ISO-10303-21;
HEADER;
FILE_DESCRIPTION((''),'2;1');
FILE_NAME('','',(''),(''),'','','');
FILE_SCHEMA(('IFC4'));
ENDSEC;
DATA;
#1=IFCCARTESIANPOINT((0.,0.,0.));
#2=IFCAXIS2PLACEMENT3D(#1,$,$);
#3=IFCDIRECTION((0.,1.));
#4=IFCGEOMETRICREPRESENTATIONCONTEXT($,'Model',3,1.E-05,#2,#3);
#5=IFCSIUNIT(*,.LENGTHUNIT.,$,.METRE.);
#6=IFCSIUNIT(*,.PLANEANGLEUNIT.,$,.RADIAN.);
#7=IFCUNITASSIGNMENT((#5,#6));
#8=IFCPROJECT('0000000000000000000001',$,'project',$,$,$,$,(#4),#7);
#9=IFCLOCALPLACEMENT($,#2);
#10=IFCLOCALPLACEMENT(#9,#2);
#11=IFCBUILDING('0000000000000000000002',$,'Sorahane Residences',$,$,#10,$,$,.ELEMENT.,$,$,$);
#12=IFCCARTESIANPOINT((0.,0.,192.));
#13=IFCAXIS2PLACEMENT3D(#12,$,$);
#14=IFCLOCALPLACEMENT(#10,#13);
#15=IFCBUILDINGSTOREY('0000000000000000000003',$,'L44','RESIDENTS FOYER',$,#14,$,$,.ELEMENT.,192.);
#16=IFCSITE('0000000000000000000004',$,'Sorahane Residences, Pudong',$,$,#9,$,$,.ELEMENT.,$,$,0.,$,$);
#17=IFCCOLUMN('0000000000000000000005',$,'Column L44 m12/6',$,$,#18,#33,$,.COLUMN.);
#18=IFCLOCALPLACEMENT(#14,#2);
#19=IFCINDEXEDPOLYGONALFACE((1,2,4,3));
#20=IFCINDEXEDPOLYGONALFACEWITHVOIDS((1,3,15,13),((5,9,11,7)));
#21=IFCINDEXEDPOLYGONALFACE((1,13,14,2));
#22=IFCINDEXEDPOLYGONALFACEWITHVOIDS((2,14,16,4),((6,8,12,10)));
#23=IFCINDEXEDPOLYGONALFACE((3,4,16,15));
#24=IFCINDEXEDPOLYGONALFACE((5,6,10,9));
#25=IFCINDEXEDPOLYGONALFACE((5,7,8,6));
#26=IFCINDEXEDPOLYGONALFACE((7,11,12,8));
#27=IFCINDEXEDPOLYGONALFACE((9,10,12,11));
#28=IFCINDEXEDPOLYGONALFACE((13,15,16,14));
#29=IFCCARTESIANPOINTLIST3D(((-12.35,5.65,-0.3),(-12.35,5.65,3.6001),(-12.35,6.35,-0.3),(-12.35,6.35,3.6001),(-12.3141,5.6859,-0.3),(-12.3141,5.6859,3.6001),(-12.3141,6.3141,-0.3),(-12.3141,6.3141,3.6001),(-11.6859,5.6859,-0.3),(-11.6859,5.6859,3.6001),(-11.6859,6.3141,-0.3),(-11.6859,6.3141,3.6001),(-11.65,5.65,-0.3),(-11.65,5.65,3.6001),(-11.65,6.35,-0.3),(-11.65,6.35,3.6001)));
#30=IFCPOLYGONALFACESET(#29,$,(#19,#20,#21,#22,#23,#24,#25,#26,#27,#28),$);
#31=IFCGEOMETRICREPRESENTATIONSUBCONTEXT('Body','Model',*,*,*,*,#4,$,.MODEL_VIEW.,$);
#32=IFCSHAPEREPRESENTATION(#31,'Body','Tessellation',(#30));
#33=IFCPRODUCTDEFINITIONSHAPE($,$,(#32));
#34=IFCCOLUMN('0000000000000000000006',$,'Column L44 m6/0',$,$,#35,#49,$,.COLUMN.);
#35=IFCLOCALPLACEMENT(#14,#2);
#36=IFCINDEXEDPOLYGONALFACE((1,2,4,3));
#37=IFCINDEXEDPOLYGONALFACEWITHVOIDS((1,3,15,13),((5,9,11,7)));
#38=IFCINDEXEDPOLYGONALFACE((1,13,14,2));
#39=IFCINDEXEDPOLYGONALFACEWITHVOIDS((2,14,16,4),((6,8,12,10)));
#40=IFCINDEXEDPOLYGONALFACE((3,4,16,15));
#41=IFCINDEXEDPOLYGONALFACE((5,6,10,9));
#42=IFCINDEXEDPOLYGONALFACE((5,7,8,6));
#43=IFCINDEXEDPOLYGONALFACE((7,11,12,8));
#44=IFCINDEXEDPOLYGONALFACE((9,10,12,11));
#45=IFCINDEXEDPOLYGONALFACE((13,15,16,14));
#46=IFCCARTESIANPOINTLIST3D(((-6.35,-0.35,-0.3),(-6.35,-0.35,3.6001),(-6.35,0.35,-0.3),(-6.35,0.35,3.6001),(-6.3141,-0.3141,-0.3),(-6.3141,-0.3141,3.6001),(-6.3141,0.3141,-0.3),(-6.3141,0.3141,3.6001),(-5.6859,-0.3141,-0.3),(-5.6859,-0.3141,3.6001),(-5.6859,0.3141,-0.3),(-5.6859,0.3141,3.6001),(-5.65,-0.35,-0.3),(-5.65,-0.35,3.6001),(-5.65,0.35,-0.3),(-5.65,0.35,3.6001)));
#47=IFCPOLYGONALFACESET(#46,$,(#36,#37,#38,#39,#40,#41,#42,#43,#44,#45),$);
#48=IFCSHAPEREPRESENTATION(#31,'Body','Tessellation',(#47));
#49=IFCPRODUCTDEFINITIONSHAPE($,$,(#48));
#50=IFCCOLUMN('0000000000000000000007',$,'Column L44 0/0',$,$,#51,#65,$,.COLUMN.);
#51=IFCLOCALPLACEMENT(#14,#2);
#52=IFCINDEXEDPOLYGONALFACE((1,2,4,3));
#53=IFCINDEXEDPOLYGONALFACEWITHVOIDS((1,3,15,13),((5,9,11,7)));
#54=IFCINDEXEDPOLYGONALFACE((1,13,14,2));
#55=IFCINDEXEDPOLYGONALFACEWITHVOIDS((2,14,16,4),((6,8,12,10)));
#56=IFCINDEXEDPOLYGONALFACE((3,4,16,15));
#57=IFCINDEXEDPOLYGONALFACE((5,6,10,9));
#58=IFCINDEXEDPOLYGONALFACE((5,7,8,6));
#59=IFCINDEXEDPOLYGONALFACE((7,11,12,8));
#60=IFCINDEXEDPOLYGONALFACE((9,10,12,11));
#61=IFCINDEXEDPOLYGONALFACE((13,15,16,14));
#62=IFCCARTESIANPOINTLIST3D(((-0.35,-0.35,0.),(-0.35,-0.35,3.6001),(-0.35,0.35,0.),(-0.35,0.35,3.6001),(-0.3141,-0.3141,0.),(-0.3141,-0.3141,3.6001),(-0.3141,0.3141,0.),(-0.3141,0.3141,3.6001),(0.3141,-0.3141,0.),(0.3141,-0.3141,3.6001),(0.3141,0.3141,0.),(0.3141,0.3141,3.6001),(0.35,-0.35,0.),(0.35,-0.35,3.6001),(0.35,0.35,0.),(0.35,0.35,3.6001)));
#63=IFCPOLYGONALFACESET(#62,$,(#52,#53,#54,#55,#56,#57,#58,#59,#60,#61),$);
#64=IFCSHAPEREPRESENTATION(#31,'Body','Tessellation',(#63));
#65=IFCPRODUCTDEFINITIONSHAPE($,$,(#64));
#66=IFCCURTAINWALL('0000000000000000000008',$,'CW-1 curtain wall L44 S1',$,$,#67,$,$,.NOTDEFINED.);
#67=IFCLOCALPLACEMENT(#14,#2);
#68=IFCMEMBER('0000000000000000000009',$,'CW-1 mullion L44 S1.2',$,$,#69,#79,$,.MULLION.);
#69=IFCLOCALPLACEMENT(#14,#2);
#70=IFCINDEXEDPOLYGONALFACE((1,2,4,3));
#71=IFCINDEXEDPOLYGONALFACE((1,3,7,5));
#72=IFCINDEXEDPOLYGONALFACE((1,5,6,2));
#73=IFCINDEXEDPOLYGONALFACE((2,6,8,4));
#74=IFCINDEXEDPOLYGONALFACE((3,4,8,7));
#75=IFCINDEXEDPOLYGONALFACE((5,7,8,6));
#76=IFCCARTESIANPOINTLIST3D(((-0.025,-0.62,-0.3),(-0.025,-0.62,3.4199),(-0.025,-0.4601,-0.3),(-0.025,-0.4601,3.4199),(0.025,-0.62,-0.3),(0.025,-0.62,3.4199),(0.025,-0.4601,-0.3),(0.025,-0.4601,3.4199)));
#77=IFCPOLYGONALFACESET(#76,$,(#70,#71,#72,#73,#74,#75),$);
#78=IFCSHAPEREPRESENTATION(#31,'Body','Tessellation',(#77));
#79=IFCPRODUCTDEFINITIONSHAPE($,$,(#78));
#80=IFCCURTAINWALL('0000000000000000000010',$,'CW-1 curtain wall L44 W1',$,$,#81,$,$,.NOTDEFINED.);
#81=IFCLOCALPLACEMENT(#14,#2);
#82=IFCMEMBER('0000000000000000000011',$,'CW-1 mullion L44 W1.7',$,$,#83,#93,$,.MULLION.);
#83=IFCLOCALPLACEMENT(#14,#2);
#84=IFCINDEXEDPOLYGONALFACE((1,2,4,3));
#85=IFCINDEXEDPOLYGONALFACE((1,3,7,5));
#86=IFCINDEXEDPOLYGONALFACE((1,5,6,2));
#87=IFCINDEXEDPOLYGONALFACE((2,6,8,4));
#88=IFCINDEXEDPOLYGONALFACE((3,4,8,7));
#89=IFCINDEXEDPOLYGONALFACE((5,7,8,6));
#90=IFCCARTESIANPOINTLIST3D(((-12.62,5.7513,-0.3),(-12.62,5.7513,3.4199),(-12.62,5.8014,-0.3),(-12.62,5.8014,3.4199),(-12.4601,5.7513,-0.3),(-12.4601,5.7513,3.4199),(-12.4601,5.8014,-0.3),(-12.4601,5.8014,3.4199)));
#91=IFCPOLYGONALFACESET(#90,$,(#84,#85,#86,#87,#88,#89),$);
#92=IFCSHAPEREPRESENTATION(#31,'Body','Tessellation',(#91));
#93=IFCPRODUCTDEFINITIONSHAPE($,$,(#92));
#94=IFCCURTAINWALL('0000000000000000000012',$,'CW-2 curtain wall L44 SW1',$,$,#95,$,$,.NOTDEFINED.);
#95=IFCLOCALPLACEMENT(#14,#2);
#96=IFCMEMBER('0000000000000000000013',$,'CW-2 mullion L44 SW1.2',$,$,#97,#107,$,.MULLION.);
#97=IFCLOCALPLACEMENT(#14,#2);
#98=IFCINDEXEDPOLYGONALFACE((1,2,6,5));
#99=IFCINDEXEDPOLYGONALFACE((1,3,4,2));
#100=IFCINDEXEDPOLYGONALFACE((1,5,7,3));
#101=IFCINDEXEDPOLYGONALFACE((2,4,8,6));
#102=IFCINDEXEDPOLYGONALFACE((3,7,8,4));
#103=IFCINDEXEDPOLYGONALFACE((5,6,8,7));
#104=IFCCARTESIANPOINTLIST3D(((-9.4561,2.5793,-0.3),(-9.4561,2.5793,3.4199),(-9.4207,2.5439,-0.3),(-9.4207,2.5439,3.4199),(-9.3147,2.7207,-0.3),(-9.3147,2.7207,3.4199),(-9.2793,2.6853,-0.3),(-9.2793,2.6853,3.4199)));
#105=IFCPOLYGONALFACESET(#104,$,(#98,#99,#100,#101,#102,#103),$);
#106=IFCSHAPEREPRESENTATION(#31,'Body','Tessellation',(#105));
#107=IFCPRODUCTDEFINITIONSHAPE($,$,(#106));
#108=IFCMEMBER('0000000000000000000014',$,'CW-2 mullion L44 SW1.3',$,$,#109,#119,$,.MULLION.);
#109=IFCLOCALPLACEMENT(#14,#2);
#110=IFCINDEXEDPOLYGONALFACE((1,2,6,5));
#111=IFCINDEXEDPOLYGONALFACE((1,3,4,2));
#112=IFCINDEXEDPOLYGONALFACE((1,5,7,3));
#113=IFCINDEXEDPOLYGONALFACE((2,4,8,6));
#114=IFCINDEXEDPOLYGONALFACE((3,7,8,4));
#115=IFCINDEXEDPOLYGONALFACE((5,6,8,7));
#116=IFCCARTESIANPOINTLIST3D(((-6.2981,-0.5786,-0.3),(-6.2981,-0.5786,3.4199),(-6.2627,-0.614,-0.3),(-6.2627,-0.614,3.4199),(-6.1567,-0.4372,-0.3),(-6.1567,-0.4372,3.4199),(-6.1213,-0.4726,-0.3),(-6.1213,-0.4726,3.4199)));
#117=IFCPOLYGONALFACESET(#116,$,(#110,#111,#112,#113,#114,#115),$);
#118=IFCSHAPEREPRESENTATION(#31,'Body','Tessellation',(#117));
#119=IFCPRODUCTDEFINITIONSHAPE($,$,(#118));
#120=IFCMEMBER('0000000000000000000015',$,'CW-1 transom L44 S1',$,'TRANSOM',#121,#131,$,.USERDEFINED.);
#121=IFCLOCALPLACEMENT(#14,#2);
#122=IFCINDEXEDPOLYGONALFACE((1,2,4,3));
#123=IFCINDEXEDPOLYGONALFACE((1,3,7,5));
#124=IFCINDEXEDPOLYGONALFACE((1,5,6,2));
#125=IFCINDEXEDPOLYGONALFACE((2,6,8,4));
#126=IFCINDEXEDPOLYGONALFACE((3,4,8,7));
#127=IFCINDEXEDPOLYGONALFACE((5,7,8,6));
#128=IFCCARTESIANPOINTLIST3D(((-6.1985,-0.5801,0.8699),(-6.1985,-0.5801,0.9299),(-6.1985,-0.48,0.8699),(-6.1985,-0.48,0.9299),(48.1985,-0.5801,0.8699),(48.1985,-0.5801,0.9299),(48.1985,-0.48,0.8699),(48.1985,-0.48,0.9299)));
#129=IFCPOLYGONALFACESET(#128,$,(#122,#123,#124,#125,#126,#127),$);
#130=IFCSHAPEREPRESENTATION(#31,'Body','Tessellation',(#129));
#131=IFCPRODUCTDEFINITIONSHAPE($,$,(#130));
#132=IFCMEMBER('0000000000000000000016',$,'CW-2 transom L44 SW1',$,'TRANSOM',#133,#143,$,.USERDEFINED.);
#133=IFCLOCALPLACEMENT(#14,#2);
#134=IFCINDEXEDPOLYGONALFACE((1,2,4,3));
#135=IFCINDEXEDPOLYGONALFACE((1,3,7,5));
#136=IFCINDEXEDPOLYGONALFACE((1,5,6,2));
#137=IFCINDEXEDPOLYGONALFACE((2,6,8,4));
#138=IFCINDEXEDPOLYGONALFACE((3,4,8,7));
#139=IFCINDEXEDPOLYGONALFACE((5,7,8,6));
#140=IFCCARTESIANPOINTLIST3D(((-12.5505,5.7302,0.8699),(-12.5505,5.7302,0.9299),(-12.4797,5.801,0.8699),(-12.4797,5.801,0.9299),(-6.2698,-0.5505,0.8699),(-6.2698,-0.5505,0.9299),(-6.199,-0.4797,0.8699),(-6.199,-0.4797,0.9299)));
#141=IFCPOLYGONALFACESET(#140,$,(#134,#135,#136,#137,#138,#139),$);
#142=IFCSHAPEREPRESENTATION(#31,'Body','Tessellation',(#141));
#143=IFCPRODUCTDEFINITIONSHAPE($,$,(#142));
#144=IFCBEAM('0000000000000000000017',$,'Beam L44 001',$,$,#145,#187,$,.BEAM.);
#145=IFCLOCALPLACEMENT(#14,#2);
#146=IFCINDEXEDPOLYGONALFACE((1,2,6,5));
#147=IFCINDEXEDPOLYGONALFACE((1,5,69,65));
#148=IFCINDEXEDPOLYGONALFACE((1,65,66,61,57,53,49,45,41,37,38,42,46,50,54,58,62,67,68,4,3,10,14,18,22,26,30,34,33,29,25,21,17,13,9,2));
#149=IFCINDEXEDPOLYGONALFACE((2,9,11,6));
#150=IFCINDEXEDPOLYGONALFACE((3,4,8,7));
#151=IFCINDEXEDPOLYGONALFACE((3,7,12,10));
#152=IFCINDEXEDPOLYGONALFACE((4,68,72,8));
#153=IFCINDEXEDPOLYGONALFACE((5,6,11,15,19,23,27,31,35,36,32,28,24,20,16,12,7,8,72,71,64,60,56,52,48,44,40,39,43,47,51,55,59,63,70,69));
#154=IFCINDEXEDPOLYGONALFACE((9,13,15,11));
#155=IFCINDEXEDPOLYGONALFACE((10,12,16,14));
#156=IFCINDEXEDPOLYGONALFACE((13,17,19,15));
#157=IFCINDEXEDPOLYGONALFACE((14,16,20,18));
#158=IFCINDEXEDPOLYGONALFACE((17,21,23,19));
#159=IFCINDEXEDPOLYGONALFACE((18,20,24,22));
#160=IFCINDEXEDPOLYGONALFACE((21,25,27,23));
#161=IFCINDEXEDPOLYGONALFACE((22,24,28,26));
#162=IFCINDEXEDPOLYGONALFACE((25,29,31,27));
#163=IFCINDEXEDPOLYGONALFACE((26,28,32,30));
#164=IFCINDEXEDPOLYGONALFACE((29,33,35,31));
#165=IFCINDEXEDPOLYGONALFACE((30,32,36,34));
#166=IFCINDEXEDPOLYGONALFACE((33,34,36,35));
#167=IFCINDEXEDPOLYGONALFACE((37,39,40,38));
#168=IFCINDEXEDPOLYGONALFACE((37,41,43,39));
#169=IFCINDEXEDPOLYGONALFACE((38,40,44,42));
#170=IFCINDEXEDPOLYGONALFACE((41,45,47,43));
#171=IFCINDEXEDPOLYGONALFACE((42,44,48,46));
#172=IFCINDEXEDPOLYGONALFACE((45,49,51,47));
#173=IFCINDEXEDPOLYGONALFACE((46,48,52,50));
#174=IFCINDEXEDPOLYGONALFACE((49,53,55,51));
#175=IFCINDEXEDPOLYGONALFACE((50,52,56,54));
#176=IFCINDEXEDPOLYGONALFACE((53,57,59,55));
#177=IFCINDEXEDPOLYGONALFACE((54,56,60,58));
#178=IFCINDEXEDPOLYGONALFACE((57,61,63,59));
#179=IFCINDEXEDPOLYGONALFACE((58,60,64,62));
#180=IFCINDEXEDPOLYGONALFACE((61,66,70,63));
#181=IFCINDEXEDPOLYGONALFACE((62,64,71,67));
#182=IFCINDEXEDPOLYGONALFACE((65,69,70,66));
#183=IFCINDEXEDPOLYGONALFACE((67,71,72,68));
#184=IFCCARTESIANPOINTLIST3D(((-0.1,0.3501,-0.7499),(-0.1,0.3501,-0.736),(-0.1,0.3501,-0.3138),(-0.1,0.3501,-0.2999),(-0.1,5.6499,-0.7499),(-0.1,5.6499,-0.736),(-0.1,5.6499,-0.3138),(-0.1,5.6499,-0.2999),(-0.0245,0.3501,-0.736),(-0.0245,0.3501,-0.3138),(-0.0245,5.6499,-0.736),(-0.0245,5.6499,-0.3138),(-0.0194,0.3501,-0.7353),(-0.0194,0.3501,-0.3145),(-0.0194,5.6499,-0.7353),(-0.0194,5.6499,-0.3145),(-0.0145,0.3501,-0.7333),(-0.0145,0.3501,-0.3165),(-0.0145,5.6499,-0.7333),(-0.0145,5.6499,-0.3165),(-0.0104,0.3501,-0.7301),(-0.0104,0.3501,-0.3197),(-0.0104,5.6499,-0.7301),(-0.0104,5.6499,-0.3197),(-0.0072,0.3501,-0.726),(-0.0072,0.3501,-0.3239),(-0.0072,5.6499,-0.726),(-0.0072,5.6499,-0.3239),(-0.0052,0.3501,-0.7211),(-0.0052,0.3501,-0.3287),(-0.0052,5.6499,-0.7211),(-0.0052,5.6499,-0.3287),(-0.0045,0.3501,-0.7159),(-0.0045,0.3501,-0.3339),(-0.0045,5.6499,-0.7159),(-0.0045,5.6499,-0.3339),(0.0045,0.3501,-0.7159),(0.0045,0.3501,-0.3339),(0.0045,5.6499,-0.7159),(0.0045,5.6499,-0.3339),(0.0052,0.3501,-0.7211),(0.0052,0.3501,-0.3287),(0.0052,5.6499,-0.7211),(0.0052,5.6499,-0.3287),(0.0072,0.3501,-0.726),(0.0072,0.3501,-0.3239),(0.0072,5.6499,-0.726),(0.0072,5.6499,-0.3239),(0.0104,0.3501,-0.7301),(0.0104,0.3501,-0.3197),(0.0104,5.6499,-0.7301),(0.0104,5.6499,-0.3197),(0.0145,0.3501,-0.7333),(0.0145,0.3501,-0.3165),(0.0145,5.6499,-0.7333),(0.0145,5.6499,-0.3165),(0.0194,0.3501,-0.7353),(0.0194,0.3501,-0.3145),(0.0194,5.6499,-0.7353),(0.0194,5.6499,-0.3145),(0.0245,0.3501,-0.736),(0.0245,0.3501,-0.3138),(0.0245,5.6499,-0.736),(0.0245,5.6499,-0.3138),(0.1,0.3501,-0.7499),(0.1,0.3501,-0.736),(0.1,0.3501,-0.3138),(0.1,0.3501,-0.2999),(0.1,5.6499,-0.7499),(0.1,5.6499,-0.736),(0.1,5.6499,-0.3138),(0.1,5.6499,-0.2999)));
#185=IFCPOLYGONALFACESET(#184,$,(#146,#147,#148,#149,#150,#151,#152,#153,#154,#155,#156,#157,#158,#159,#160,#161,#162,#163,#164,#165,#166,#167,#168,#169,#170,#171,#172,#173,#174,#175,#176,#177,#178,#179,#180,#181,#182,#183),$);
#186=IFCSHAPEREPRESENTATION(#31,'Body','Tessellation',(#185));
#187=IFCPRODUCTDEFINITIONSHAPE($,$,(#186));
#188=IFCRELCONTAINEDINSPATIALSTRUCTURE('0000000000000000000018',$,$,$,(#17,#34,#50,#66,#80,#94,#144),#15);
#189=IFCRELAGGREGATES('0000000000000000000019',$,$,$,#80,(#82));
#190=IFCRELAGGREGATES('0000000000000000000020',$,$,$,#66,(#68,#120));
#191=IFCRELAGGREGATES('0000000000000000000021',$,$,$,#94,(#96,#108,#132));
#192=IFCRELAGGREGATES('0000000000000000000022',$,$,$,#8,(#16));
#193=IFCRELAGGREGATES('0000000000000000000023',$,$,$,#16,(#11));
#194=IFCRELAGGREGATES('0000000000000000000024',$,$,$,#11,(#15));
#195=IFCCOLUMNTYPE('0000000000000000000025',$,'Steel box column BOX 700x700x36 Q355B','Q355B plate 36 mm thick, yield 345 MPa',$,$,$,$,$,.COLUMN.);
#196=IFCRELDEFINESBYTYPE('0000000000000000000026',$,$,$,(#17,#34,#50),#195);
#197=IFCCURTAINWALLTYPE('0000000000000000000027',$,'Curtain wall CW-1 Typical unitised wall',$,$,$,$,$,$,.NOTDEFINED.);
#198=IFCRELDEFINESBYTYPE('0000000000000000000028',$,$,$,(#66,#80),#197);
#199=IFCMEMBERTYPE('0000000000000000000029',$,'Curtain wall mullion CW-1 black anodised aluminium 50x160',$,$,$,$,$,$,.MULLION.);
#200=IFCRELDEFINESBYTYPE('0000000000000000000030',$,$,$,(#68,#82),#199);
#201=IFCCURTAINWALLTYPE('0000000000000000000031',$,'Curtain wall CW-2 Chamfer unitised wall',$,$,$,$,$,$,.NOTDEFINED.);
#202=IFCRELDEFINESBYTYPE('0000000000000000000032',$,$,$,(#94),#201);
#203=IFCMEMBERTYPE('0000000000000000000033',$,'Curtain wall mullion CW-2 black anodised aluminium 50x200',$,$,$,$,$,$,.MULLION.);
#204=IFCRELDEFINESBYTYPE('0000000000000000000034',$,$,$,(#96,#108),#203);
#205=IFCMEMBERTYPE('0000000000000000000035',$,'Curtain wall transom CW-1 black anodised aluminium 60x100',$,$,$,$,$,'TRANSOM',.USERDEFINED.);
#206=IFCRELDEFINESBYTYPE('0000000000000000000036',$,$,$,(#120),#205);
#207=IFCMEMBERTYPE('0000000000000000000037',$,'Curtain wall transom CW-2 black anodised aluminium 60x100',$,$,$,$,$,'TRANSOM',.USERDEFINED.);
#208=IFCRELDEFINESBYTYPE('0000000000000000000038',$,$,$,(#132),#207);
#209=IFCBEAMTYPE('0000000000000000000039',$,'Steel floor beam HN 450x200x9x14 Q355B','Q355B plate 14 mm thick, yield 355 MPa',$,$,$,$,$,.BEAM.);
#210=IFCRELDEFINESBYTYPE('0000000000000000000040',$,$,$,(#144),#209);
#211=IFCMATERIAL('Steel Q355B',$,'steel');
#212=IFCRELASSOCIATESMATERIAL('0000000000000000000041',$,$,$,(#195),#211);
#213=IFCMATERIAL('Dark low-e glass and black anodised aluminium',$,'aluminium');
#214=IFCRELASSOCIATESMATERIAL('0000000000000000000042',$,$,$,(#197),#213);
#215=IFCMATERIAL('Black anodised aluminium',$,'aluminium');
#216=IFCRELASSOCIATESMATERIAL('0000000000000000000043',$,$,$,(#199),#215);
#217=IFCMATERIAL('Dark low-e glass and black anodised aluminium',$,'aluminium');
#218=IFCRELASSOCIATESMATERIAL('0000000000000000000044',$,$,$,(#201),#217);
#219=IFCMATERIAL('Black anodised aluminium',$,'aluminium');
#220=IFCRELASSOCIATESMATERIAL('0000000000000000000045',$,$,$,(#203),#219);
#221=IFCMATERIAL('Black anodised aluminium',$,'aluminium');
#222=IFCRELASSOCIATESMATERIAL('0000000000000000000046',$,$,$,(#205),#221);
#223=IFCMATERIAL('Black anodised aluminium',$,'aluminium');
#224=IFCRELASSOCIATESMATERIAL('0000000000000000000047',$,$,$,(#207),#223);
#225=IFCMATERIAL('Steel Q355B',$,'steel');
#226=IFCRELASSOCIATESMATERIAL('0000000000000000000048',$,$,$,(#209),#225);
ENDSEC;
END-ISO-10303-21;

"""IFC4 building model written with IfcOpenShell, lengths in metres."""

from ifc_helpers import new_model, si_unit, direction, frame, origin, origin_with_axes, origin_2d, place, context, subcontext, project, spatial, rectangle, hollow_rectangle, i_section, extrude, material, material_profile, profile_set, type_object, element, aggregate, save


model = new_model("IFC4")

# Units and contexts
model_context = context("Model", 3, precision=1e-05, world=origin(), true_north=direction((0.0, 1.0)))
body_context = subcontext(model_context, "Body", "Model", "MODEL_VIEW")
ifc_project = project(units=[si_unit("LENGTHUNIT", "METRE"), si_unit("PLANEANGLEUNIT", "RADIAN")], contexts=[model_context])

# Site, building, storey
site_placement = place(None, origin())
site = spatial("IfcSite", under=ifc_project, at=site_placement, Name="Sorahane Residences, Pudong", CompositionType="ELEMENT", RefElevation=0.0)
building_placement = place(site_placement, origin())
building = spatial("IfcBuilding", under=site, at=building_placement, Name="Sorahane Residences", CompositionType="ELEMENT")
storey_placement = place(building_placement, frame((0.0, 0.0, 192.0)))
storey = spatial("IfcBuildingStorey", under=building, at=storey_placement, Name="L44", Description="RESIDENTS FOYER", CompositionType="ELEMENT", Elevation=192.0)

# Columns
ifc_material_1 = material(Name="Steel Q355B", Category="steel")
ifc_material_profile_1 = material_profile(ifc_material_1, hollow_rectangle(XDim=0.7, YDim=0.7, WallThickness=0.0359, at=origin_2d()), Name="BOX 700x700x36")
ifc_profile_set_1 = profile_set([ifc_material_profile_1], Name="Steel Q355B")
column_type = type_object("IfcColumnType", Name="Steel box column BOX 700x700x36 Q355B", Description="Q355B plate 36 mm thick, yield 345 MPa", PredefinedType="COLUMN", material=ifc_profile_set_1)
for number, where, z_axis, x_axis, name in (
    (1, (-12.0, 6.0, -0.3), (0.0, 0.0, 1.0), (1.0, 0.0, 0.0), "Column L44 m12/6"),
    (2, (-6.0, 0.0, -0.3), (0.0, 0.0, 1.0), (1.0, 0.0, 0.0), "Column L44 m6/0"),
):
    element("IfcColumn", number, at=place(storey_placement, frame(where, z_axis=z_axis, x_axis=x_axis)), inside=storey, type_object=column_type, Name=name, PredefinedType="COLUMN", context=body_context, shape_type="SweptSolid", body=[
        extrude(hollow_rectangle(XDim=0.7, YDim=0.7, WallThickness=0.0359, at=origin_2d()), origin(), (0.0, 0.0, 1.0), 3.9001),
    ])
column_placement = place(storey_placement, origin_with_axes())
element("IfcColumn", 3, at=column_placement, inside=storey, type_object=column_type, Name="Column L44 0/0", PredefinedType="COLUMN", context=body_context, shape_type="SweptSolid", body=[
    extrude(hollow_rectangle(XDim=0.7, YDim=0.7, WallThickness=0.0359, at=origin_2d()), origin(), (0.0, 0.0, 1.0), 3.6001),
])

# Curtain walls, members
ifc_material_2 = material(Name="Dark low-e glass and black anodised aluminium", Category="aluminium")
curtain_wall_type_1 = type_object("IfcCurtainWallType", Name="Curtain wall CW-1 Typical unitised wall", PredefinedType="NOTDEFINED", material=ifc_material_2)
curtain_wall_1_placement = place(storey_placement, origin())
curtain_wall_1 = element("IfcCurtainWall", 4, at=curtain_wall_1_placement, inside=storey, type_object=curtain_wall_type_1, Name="CW-1 curtain wall L44 S1", PredefinedType="NOTDEFINED")
ifc_material_3 = material(Name="Black anodised aluminium", Category="aluminium")
ifc_material_profile_2 = material_profile(ifc_material_3, rectangle(XDim=0.1599, YDim=0.05, at=origin_2d()), Name="Curtain wall mullion CW-1 black anodised aluminium 50x160")
ifc_profile_set_2 = profile_set([ifc_material_profile_2], Name="Black anodised aluminium")
member_type_1 = type_object("IfcMemberType", Name="Curtain wall mullion CW-1 black anodised aluminium 50x160", PredefinedType="MULLION", material=ifc_profile_set_2)
member_1_placement = place(storey_placement, frame((0.0, -0.54, -0.3), z_axis=(0.0, 0.0, 1.0), x_axis=(0.0, -1.0, 0.0)))
member_1 = element("IfcMember", 5, at=member_1_placement, type_object=member_type_1, Name="CW-1 mullion L44 S1.2", PredefinedType="MULLION", context=body_context, shape_type="SweptSolid", body=[
    extrude(rectangle(XDim=0.1599, YDim=0.05, at=origin_2d()), origin(), (0.0, 0.0, 1.0), 3.72),
])
curtain_wall_2_placement = place(storey_placement, origin())
curtain_wall_2 = element("IfcCurtainWall", 6, at=curtain_wall_2_placement, inside=storey, type_object=curtain_wall_type_1, Name="CW-1 curtain wall L44 W1", PredefinedType="NOTDEFINED")
member_2_placement = place(storey_placement, frame((-12.54, 5.7764, -0.3), z_axis=(0.0, 0.0, 1.0), x_axis=(-1.0, 0.0, 0.0)))
member_2 = element("IfcMember", 7, at=member_2_placement, type_object=member_type_1, Name="CW-1 mullion L44 W1.7", PredefinedType="MULLION", context=body_context, shape_type="SweptSolid", body=[
    extrude(rectangle(XDim=0.1599, YDim=0.05, at=origin_2d()), origin(), (0.0, 0.0, 1.0), 3.72),
])
aggregate(curtain_wall_2, [member_2])

# Curtain wall, members
ifc_material_4 = material(Name="Dark low-e glass and black anodised aluminium", Category="aluminium")
curtain_wall_type_2 = type_object("IfcCurtainWallType", Name="Curtain wall CW-2 Chamfer unitised wall", PredefinedType="NOTDEFINED", material=ifc_material_4)
curtain_wall_3_placement = place(storey_placement, origin())
curtain_wall_3 = element("IfcCurtainWall", 8, at=curtain_wall_3_placement, inside=storey, type_object=curtain_wall_type_2, Name="CW-2 curtain wall L44 SW1", PredefinedType="NOTDEFINED")
ifc_material_5 = material(Name="Black anodised aluminium", Category="aluminium")
ifc_material_profile_3 = material_profile(ifc_material_5, rectangle(XDim=0.2, YDim=0.05, at=origin_2d()), Name="Curtain wall mullion CW-2 black anodised aluminium 50x200")
ifc_profile_set_3 = profile_set([ifc_material_profile_3], Name="Black anodised aluminium")
member_type_2 = type_object("IfcMemberType", Name="Curtain wall mullion CW-2 black anodised aluminium 50x200", PredefinedType="MULLION", material=ifc_profile_set_3)
member_3_placement = place(storey_placement, frame((-9.3677, 2.6323, -0.3), z_axis=(0.0, 0.0, 1.0), x_axis=(-0.707107, -0.707107, 0.0)))
member_3 = element("IfcMember", 9, at=member_3_placement, type_object=member_type_2, Name="CW-2 mullion L44 SW1.2", PredefinedType="MULLION", context=body_context, shape_type="SweptSolid", body=[
    extrude(rectangle(XDim=0.2, YDim=0.05, at=origin_2d()), origin(), (0.0, 0.0, 1.0), 3.72),
])
member_4_placement = place(storey_placement, frame((-6.2097, -0.5256, -0.3), z_axis=(0.0, 0.0, 1.0), x_axis=(-0.707107, -0.707107, 0.0)))
member_4 = element("IfcMember", 10, at=member_4_placement, type_object=member_type_2, Name="CW-2 mullion L44 SW1.3", PredefinedType="MULLION", context=body_context, shape_type="SweptSolid", body=[
    extrude(rectangle(XDim=0.2, YDim=0.05, at=origin_2d()), origin(), (0.0, 0.0, 1.0), 3.72),
])

# Members
ifc_material_6 = material(Name="Black anodised aluminium", Category="aluminium")
ifc_material_profile_4 = material_profile(ifc_material_6, rectangle(XDim=0.1001, YDim=0.0601, at=origin_2d()), Name="Curtain wall transom CW-1 black anodised aluminium 60x100")
ifc_profile_set_4 = profile_set([ifc_material_profile_4], Name="Black anodised aluminium")
member_type_3 = type_object("IfcMemberType", Name="Curtain wall transom CW-1 black anodised aluminium 60x100", ElementType="TRANSOM", PredefinedType="USERDEFINED", material=ifc_profile_set_4)
member_5_placement = place(storey_placement, frame((-6.1985, -0.53, 0.8999), z_axis=(1.0, 0.0, 0.0), x_axis=(0.0, 1.0, 0.0)))
member_5 = element("IfcMember", 11, at=member_5_placement, type_object=member_type_3, Name="CW-1 transom L44 S1", ObjectType="TRANSOM", PredefinedType="USERDEFINED", context=body_context, shape_type="SweptSolid", body=[
    extrude(rectangle(XDim=0.1001, YDim=0.0601, at=origin_2d()), origin(), (0.0, 0.0, 1.0), 54.397),
])
ifc_material_7 = material(Name="Black anodised aluminium", Category="aluminium")
ifc_material_profile_5 = material_profile(ifc_material_7, rectangle(XDim=0.1001, YDim=0.0601, at=origin_2d()), Name="Curtain wall transom CW-2 black anodised aluminium 60x100")
ifc_profile_set_5 = profile_set([ifc_material_profile_5], Name="Black anodised aluminium")
member_type_4 = type_object("IfcMemberType", Name="Curtain wall transom CW-2 black anodised aluminium 60x100", ElementType="TRANSOM", PredefinedType="USERDEFINED", material=ifc_profile_set_5)
member_6_placement = place(storey_placement, frame((-12.5151, 5.7656, 0.8999), z_axis=(0.707107, -0.707107, 0.0), x_axis=(0.707107, 0.707107, 0.0)))
member_6 = element("IfcMember", 12, at=member_6_placement, type_object=member_type_4, Name="CW-2 transom L44 SW1", ObjectType="TRANSOM", PredefinedType="USERDEFINED", context=body_context, shape_type="SweptSolid", body=[
    extrude(rectangle(XDim=0.1001, YDim=0.0601, at=origin_2d()), origin(), (0.0, 0.0, 1.0), 8.8823),
])

# Beam
ifc_material_8 = material(Name="Steel Q355B", Category="steel")
ifc_material_profile_6 = material_profile(ifc_material_8, i_section(OverallWidth=0.2, OverallDepth=0.45, WebThickness=0.009, FlangeThickness=0.0139, FilletRadius=0.02, at=origin_2d()), Name="HN 450x200x9x14")
ifc_profile_set_6 = profile_set([ifc_material_profile_6], Name="Steel Q355B")
beam_type = type_object("IfcBeamType", Name="Steel floor beam HN 450x200x9x14 Q355B", Description="Q355B plate 14 mm thick, yield 355 MPa", PredefinedType="BEAM", material=ifc_profile_set_6)
beam_placement = place(storey_placement, frame((0.0, 0.3501, -0.5249), z_axis=(0.0, 1.0, 0.0), x_axis=(-1.0, 0.0, 0.0)))
element("IfcBeam", 13, at=beam_placement, inside=storey, type_object=beam_type, Name="Beam L44 001", PredefinedType="BEAM", context=body_context, shape_type="SweptSolid", body=[
    extrude(i_section(OverallWidth=0.2, OverallDepth=0.45, WebThickness=0.009, FlangeThickness=0.0139, FilletRadius=0.02, at=origin_2d()), origin(), (0.0, 0.0, 1.0), 5.2998),
])

aggregate(curtain_wall_1, [member_1, member_5])
aggregate(curtain_wall_3, [member_3, member_4, member_6])

save(model, "model.ifc")
